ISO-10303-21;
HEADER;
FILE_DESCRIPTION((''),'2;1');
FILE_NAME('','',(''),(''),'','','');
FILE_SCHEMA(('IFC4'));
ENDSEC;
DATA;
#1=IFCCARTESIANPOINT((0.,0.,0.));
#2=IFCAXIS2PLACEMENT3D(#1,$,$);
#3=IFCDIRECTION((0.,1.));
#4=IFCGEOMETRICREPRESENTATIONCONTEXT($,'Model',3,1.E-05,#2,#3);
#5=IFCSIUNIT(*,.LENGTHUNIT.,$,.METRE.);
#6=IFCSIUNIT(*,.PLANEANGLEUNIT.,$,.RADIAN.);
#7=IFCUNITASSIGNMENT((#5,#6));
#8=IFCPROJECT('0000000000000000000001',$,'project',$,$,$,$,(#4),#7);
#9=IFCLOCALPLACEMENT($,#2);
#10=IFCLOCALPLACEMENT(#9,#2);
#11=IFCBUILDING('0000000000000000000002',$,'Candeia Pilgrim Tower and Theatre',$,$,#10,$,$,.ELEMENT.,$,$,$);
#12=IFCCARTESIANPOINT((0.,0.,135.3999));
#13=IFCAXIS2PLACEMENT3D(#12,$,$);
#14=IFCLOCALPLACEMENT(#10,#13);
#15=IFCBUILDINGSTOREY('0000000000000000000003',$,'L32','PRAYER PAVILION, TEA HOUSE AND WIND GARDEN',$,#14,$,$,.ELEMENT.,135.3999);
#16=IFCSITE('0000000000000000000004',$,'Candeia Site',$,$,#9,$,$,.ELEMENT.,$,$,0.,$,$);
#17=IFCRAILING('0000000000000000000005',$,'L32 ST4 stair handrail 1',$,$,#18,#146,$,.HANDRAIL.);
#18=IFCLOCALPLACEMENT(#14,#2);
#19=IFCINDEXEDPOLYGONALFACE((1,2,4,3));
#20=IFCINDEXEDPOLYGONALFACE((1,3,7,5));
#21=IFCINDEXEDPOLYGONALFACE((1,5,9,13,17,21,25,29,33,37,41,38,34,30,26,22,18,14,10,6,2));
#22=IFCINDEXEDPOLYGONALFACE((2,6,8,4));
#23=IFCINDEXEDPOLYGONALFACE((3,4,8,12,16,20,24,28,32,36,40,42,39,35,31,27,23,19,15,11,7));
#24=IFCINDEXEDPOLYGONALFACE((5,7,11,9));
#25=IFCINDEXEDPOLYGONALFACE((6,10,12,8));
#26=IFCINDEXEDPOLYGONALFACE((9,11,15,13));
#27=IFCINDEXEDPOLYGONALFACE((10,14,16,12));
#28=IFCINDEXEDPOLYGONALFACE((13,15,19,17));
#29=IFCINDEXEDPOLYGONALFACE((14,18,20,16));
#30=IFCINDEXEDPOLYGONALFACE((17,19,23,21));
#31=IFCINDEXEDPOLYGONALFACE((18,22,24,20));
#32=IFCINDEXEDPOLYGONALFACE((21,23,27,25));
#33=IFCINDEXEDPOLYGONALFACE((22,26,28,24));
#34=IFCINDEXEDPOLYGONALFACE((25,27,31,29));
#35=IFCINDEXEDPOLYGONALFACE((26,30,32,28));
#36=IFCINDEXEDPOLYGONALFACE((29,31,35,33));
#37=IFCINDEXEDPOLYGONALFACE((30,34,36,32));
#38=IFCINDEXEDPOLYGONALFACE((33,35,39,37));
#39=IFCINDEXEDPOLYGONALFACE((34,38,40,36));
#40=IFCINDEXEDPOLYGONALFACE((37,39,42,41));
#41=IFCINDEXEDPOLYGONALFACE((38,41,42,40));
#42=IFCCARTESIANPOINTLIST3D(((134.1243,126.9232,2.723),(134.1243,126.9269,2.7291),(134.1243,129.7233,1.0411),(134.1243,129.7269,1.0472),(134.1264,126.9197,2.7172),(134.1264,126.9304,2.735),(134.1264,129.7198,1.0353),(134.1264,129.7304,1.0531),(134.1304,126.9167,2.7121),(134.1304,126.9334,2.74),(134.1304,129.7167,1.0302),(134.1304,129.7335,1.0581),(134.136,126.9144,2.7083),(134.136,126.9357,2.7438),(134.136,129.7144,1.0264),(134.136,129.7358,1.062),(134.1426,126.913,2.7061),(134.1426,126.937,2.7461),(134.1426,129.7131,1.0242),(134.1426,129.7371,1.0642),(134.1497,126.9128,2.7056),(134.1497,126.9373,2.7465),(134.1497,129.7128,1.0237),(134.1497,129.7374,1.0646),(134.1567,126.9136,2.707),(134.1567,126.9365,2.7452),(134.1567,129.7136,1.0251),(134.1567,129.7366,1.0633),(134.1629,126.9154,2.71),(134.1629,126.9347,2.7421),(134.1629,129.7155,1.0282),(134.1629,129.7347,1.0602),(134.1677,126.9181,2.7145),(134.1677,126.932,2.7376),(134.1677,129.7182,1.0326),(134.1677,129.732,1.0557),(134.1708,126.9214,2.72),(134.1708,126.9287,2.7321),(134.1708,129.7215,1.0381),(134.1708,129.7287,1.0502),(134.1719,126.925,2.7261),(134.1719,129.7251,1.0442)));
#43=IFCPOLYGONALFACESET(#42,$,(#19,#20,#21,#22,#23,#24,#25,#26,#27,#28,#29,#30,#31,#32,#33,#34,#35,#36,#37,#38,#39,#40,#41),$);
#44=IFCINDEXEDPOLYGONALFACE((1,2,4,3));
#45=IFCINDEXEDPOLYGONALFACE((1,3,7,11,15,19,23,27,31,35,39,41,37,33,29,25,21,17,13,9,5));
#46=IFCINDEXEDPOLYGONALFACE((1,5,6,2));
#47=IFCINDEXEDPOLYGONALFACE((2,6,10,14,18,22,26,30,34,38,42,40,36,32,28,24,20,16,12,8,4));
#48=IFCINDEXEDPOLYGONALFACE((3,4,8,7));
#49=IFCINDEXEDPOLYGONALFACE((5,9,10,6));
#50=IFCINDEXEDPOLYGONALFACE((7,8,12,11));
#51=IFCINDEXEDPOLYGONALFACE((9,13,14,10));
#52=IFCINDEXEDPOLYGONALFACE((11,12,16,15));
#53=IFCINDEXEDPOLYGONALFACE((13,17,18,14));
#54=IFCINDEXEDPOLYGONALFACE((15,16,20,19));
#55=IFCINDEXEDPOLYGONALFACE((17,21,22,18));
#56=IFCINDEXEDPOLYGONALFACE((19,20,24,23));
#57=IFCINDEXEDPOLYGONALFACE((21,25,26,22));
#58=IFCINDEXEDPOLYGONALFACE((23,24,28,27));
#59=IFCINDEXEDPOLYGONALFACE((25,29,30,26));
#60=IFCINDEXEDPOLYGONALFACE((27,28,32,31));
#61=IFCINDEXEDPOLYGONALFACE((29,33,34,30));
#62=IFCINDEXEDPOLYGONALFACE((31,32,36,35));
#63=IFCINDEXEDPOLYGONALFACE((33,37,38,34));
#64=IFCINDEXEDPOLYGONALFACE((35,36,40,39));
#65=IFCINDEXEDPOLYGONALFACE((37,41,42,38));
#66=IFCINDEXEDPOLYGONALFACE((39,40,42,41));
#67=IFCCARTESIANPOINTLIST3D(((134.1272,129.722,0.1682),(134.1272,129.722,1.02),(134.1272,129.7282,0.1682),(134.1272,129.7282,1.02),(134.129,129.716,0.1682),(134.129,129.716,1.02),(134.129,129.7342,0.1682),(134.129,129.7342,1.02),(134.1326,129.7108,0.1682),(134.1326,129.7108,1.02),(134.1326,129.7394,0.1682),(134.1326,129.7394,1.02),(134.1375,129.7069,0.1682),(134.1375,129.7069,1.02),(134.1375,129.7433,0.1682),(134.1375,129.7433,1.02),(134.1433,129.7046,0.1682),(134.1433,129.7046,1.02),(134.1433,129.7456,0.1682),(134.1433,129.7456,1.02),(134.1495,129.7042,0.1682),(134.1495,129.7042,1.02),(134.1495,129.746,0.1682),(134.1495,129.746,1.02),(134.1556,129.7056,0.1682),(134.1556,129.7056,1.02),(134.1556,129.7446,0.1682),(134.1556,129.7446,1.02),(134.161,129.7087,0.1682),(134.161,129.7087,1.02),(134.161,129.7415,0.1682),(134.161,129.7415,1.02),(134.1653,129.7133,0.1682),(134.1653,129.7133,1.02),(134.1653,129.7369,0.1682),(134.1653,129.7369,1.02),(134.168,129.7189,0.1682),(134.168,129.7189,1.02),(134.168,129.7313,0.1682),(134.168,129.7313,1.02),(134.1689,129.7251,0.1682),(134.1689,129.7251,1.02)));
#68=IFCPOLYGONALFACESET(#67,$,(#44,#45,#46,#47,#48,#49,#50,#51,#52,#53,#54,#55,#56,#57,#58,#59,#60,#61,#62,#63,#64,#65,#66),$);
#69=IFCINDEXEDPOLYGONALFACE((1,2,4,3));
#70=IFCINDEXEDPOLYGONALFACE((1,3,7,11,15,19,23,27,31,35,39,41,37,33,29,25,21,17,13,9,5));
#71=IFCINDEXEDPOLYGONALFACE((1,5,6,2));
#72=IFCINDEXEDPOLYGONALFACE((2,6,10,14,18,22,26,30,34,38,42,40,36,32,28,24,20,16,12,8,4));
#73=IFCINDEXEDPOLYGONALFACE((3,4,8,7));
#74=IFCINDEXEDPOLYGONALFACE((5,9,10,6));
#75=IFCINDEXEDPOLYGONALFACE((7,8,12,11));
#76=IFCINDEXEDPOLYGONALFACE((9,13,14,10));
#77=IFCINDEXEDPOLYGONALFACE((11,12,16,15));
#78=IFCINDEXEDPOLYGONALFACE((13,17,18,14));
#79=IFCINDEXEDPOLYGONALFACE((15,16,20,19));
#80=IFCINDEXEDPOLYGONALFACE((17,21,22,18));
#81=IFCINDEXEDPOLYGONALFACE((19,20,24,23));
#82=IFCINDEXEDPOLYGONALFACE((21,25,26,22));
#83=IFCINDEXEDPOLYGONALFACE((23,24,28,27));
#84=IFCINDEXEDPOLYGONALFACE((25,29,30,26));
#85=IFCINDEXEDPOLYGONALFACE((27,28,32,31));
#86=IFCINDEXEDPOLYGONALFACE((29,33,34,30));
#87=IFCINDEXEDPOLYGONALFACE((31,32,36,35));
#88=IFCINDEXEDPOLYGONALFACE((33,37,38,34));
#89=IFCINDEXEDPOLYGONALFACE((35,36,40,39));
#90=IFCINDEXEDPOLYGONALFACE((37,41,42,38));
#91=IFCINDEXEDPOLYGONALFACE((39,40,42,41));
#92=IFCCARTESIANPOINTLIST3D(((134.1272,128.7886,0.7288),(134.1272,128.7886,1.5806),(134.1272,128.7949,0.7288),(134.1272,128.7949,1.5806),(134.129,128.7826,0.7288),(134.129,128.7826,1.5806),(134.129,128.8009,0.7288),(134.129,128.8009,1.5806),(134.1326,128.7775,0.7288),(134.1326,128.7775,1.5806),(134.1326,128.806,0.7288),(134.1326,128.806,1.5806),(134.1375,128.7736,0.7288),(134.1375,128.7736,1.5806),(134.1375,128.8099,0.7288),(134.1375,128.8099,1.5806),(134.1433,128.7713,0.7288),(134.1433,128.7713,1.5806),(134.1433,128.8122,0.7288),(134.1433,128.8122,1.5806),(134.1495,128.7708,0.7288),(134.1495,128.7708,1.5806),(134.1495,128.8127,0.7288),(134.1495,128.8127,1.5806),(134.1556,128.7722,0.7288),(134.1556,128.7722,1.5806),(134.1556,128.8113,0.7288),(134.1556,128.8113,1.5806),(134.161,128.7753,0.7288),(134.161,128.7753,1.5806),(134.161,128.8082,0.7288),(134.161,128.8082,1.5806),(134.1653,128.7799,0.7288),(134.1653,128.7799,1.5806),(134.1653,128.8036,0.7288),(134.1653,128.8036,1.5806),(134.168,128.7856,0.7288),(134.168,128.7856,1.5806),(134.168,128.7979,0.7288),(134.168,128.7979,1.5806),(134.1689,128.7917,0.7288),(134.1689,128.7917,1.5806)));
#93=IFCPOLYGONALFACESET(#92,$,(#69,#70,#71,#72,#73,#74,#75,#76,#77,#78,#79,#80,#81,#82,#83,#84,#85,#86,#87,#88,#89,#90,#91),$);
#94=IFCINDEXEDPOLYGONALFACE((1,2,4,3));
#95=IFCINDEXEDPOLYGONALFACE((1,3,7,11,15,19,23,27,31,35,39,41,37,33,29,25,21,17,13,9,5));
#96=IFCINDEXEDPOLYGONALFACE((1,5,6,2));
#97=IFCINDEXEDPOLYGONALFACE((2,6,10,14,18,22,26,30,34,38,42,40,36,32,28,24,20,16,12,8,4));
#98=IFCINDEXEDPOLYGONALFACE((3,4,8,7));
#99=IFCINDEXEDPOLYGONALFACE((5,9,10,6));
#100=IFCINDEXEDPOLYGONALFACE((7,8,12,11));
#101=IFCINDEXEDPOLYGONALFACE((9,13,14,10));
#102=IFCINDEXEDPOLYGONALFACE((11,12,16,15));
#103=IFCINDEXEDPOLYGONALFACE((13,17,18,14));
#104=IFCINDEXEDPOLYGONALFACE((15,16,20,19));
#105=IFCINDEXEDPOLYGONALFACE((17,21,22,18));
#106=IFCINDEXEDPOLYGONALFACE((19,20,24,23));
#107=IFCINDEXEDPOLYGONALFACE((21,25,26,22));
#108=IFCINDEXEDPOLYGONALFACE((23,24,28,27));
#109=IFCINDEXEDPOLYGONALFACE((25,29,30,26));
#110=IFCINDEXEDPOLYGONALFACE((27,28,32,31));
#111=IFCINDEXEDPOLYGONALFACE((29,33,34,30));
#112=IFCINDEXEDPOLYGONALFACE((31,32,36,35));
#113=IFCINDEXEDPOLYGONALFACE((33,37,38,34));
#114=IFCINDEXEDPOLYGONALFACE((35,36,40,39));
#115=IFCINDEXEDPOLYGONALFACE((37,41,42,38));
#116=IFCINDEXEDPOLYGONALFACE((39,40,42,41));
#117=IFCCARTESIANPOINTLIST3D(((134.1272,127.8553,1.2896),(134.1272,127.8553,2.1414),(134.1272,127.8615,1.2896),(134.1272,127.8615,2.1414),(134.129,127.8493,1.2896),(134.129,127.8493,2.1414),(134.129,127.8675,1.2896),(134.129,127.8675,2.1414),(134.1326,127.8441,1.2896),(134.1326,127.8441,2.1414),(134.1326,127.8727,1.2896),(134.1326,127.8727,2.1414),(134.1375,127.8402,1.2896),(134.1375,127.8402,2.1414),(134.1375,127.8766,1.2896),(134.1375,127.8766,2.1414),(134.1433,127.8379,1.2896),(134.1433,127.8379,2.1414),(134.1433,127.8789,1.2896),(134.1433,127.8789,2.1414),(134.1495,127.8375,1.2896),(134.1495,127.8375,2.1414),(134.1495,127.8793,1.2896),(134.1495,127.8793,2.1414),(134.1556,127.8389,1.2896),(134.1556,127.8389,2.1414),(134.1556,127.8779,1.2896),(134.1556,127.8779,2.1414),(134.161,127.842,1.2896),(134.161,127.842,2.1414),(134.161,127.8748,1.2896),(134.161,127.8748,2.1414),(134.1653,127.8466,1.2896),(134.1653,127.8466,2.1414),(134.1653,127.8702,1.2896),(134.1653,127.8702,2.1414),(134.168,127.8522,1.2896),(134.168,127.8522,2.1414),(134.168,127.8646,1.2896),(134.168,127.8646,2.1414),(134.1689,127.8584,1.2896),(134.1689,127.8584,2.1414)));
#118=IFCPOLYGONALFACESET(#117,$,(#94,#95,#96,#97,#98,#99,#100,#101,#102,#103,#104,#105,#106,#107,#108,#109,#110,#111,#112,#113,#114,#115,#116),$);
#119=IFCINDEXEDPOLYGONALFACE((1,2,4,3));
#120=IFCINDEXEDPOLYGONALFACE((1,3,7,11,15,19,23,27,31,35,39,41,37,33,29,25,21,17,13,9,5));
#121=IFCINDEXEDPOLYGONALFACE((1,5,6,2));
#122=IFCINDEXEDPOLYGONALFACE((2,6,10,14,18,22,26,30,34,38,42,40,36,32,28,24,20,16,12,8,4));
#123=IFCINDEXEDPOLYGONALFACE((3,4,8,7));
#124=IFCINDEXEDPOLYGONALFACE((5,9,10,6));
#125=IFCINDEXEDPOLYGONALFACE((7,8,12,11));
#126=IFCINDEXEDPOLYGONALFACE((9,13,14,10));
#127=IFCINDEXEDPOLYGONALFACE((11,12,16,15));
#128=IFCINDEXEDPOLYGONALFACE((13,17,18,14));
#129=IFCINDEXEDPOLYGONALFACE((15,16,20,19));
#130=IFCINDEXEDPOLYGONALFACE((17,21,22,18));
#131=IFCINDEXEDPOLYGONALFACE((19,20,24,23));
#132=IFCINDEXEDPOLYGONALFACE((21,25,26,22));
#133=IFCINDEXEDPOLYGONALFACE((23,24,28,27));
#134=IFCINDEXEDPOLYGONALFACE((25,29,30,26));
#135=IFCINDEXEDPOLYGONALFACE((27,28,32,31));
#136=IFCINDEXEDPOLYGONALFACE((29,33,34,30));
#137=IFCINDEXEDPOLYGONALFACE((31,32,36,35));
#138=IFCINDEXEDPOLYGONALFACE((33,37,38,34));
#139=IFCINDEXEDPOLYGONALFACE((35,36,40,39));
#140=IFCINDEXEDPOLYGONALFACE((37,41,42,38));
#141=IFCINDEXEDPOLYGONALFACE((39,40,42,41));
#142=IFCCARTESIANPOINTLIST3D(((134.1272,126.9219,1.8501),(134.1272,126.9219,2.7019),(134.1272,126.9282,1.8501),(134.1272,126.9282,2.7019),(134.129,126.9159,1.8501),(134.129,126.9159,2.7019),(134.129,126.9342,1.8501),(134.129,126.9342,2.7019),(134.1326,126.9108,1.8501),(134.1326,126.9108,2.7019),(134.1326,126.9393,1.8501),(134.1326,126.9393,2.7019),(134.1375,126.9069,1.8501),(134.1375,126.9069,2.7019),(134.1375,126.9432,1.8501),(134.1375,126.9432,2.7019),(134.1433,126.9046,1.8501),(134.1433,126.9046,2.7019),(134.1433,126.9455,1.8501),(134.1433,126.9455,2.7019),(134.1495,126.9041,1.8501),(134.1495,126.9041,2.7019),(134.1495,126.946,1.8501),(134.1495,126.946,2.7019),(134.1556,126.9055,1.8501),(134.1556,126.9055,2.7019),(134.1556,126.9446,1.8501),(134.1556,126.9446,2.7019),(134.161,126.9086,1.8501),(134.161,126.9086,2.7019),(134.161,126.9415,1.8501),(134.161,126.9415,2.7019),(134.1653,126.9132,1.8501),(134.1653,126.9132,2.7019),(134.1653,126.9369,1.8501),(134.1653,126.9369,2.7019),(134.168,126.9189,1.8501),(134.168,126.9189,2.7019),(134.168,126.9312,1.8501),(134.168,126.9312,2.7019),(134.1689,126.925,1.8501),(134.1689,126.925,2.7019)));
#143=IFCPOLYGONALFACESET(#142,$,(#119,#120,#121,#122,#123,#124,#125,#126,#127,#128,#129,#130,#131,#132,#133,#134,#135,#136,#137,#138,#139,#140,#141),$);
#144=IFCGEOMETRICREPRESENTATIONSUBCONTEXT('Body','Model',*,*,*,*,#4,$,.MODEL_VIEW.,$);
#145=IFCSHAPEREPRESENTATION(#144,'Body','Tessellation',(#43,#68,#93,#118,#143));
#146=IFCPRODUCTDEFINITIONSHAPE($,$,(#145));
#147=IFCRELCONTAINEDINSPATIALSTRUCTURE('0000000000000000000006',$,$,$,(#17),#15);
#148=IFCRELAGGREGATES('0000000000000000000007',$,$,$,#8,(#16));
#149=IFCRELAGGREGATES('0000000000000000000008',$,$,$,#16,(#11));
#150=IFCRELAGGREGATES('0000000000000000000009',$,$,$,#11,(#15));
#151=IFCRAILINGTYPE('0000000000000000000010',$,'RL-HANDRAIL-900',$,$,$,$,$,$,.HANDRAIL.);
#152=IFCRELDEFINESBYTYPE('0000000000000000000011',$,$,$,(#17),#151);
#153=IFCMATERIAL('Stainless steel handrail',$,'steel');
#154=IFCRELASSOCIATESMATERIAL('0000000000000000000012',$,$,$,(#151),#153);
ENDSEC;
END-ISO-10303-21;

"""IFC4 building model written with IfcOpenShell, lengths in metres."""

from ifc_helpers import new_model, si_unit, direction, frame, origin, origin_2d, place, context, subcontext, project, spatial, circle, extrude, material, type_object, element, save


model = new_model("IFC4")

# Units and contexts
model_context = context("Model", 3, precision=1e-05, world=origin(), true_north=direction((0.0, 1.0)))
body_context = subcontext(model_context, "Body", "Model", "MODEL_VIEW")
ifc_project = project(units=[si_unit("LENGTHUNIT", "METRE"), si_unit("PLANEANGLEUNIT", "RADIAN")], contexts=[model_context])

# Site, building, storey
site_placement = place(None, origin())
site = spatial("IfcSite", under=ifc_project, at=site_placement, Name="Candeia Site", CompositionType="ELEMENT", RefElevation=0.0)
building_placement = place(site_placement, origin())
building = spatial("IfcBuilding", under=site, at=building_placement, Name="Candeia Pilgrim Tower and Theatre", CompositionType="ELEMENT")
storey_placement = place(building_placement, frame((0.0, 0.0, 135.3999)))
storey = spatial("IfcBuildingStorey", under=building, at=storey_placement, Name="L32", Description="PRAYER PAVILION, TEA HOUSE AND WIND GARDEN", CompositionType="ELEMENT", Elevation=135.3999)

# Railing
ifc_material_1 = material(Name="Stainless steel handrail", Category="steel")
railing_type_1 = type_object("IfcRailingType", Name="RL-HANDRAIL-900", PredefinedType="HANDRAIL", material=ifc_material_1)
railing_1_placement = place(storey_placement, frame((134.1479, 129.7251, 0.1682)))
element("IfcRailing", 1, at=railing_1_placement, inside=storey, type_object=railing_type_1, Name="L32 ST4 stair handrail 1", PredefinedType="HANDRAIL", context=body_context, shape_type="SweptSolid", body=[
    extrude(circle(Radius=0.0239, at=origin_2d()), frame((0.0, 0.0, 0.876), z_axis=(0.0, -0.857242, 0.514913), x_axis=(1.0, 0.0, 0.0)), (0.0, 0.0, 1.0), 3.2664),
    extrude(circle(Radius=0.021, at=origin_2d()), origin(), (0.0, 0.0, 1.0), 0.8518),
    extrude(circle(Radius=0.021, at=origin_2d()), frame((0.0, -0.9333, 0.5605)), (0.0, 0.0, 1.0), 0.8518),
    extrude(circle(Radius=0.021, at=origin_2d()), frame((0.0, -1.8667, 1.1213)), (0.0, 0.0, 1.0), 0.8518),
    extrude(circle(Radius=0.021, at=origin_2d()), frame((0.0, -2.8, 1.6819)), (0.0, 0.0, 1.0), 0.8518),
])

save(model, "model.ifc")
